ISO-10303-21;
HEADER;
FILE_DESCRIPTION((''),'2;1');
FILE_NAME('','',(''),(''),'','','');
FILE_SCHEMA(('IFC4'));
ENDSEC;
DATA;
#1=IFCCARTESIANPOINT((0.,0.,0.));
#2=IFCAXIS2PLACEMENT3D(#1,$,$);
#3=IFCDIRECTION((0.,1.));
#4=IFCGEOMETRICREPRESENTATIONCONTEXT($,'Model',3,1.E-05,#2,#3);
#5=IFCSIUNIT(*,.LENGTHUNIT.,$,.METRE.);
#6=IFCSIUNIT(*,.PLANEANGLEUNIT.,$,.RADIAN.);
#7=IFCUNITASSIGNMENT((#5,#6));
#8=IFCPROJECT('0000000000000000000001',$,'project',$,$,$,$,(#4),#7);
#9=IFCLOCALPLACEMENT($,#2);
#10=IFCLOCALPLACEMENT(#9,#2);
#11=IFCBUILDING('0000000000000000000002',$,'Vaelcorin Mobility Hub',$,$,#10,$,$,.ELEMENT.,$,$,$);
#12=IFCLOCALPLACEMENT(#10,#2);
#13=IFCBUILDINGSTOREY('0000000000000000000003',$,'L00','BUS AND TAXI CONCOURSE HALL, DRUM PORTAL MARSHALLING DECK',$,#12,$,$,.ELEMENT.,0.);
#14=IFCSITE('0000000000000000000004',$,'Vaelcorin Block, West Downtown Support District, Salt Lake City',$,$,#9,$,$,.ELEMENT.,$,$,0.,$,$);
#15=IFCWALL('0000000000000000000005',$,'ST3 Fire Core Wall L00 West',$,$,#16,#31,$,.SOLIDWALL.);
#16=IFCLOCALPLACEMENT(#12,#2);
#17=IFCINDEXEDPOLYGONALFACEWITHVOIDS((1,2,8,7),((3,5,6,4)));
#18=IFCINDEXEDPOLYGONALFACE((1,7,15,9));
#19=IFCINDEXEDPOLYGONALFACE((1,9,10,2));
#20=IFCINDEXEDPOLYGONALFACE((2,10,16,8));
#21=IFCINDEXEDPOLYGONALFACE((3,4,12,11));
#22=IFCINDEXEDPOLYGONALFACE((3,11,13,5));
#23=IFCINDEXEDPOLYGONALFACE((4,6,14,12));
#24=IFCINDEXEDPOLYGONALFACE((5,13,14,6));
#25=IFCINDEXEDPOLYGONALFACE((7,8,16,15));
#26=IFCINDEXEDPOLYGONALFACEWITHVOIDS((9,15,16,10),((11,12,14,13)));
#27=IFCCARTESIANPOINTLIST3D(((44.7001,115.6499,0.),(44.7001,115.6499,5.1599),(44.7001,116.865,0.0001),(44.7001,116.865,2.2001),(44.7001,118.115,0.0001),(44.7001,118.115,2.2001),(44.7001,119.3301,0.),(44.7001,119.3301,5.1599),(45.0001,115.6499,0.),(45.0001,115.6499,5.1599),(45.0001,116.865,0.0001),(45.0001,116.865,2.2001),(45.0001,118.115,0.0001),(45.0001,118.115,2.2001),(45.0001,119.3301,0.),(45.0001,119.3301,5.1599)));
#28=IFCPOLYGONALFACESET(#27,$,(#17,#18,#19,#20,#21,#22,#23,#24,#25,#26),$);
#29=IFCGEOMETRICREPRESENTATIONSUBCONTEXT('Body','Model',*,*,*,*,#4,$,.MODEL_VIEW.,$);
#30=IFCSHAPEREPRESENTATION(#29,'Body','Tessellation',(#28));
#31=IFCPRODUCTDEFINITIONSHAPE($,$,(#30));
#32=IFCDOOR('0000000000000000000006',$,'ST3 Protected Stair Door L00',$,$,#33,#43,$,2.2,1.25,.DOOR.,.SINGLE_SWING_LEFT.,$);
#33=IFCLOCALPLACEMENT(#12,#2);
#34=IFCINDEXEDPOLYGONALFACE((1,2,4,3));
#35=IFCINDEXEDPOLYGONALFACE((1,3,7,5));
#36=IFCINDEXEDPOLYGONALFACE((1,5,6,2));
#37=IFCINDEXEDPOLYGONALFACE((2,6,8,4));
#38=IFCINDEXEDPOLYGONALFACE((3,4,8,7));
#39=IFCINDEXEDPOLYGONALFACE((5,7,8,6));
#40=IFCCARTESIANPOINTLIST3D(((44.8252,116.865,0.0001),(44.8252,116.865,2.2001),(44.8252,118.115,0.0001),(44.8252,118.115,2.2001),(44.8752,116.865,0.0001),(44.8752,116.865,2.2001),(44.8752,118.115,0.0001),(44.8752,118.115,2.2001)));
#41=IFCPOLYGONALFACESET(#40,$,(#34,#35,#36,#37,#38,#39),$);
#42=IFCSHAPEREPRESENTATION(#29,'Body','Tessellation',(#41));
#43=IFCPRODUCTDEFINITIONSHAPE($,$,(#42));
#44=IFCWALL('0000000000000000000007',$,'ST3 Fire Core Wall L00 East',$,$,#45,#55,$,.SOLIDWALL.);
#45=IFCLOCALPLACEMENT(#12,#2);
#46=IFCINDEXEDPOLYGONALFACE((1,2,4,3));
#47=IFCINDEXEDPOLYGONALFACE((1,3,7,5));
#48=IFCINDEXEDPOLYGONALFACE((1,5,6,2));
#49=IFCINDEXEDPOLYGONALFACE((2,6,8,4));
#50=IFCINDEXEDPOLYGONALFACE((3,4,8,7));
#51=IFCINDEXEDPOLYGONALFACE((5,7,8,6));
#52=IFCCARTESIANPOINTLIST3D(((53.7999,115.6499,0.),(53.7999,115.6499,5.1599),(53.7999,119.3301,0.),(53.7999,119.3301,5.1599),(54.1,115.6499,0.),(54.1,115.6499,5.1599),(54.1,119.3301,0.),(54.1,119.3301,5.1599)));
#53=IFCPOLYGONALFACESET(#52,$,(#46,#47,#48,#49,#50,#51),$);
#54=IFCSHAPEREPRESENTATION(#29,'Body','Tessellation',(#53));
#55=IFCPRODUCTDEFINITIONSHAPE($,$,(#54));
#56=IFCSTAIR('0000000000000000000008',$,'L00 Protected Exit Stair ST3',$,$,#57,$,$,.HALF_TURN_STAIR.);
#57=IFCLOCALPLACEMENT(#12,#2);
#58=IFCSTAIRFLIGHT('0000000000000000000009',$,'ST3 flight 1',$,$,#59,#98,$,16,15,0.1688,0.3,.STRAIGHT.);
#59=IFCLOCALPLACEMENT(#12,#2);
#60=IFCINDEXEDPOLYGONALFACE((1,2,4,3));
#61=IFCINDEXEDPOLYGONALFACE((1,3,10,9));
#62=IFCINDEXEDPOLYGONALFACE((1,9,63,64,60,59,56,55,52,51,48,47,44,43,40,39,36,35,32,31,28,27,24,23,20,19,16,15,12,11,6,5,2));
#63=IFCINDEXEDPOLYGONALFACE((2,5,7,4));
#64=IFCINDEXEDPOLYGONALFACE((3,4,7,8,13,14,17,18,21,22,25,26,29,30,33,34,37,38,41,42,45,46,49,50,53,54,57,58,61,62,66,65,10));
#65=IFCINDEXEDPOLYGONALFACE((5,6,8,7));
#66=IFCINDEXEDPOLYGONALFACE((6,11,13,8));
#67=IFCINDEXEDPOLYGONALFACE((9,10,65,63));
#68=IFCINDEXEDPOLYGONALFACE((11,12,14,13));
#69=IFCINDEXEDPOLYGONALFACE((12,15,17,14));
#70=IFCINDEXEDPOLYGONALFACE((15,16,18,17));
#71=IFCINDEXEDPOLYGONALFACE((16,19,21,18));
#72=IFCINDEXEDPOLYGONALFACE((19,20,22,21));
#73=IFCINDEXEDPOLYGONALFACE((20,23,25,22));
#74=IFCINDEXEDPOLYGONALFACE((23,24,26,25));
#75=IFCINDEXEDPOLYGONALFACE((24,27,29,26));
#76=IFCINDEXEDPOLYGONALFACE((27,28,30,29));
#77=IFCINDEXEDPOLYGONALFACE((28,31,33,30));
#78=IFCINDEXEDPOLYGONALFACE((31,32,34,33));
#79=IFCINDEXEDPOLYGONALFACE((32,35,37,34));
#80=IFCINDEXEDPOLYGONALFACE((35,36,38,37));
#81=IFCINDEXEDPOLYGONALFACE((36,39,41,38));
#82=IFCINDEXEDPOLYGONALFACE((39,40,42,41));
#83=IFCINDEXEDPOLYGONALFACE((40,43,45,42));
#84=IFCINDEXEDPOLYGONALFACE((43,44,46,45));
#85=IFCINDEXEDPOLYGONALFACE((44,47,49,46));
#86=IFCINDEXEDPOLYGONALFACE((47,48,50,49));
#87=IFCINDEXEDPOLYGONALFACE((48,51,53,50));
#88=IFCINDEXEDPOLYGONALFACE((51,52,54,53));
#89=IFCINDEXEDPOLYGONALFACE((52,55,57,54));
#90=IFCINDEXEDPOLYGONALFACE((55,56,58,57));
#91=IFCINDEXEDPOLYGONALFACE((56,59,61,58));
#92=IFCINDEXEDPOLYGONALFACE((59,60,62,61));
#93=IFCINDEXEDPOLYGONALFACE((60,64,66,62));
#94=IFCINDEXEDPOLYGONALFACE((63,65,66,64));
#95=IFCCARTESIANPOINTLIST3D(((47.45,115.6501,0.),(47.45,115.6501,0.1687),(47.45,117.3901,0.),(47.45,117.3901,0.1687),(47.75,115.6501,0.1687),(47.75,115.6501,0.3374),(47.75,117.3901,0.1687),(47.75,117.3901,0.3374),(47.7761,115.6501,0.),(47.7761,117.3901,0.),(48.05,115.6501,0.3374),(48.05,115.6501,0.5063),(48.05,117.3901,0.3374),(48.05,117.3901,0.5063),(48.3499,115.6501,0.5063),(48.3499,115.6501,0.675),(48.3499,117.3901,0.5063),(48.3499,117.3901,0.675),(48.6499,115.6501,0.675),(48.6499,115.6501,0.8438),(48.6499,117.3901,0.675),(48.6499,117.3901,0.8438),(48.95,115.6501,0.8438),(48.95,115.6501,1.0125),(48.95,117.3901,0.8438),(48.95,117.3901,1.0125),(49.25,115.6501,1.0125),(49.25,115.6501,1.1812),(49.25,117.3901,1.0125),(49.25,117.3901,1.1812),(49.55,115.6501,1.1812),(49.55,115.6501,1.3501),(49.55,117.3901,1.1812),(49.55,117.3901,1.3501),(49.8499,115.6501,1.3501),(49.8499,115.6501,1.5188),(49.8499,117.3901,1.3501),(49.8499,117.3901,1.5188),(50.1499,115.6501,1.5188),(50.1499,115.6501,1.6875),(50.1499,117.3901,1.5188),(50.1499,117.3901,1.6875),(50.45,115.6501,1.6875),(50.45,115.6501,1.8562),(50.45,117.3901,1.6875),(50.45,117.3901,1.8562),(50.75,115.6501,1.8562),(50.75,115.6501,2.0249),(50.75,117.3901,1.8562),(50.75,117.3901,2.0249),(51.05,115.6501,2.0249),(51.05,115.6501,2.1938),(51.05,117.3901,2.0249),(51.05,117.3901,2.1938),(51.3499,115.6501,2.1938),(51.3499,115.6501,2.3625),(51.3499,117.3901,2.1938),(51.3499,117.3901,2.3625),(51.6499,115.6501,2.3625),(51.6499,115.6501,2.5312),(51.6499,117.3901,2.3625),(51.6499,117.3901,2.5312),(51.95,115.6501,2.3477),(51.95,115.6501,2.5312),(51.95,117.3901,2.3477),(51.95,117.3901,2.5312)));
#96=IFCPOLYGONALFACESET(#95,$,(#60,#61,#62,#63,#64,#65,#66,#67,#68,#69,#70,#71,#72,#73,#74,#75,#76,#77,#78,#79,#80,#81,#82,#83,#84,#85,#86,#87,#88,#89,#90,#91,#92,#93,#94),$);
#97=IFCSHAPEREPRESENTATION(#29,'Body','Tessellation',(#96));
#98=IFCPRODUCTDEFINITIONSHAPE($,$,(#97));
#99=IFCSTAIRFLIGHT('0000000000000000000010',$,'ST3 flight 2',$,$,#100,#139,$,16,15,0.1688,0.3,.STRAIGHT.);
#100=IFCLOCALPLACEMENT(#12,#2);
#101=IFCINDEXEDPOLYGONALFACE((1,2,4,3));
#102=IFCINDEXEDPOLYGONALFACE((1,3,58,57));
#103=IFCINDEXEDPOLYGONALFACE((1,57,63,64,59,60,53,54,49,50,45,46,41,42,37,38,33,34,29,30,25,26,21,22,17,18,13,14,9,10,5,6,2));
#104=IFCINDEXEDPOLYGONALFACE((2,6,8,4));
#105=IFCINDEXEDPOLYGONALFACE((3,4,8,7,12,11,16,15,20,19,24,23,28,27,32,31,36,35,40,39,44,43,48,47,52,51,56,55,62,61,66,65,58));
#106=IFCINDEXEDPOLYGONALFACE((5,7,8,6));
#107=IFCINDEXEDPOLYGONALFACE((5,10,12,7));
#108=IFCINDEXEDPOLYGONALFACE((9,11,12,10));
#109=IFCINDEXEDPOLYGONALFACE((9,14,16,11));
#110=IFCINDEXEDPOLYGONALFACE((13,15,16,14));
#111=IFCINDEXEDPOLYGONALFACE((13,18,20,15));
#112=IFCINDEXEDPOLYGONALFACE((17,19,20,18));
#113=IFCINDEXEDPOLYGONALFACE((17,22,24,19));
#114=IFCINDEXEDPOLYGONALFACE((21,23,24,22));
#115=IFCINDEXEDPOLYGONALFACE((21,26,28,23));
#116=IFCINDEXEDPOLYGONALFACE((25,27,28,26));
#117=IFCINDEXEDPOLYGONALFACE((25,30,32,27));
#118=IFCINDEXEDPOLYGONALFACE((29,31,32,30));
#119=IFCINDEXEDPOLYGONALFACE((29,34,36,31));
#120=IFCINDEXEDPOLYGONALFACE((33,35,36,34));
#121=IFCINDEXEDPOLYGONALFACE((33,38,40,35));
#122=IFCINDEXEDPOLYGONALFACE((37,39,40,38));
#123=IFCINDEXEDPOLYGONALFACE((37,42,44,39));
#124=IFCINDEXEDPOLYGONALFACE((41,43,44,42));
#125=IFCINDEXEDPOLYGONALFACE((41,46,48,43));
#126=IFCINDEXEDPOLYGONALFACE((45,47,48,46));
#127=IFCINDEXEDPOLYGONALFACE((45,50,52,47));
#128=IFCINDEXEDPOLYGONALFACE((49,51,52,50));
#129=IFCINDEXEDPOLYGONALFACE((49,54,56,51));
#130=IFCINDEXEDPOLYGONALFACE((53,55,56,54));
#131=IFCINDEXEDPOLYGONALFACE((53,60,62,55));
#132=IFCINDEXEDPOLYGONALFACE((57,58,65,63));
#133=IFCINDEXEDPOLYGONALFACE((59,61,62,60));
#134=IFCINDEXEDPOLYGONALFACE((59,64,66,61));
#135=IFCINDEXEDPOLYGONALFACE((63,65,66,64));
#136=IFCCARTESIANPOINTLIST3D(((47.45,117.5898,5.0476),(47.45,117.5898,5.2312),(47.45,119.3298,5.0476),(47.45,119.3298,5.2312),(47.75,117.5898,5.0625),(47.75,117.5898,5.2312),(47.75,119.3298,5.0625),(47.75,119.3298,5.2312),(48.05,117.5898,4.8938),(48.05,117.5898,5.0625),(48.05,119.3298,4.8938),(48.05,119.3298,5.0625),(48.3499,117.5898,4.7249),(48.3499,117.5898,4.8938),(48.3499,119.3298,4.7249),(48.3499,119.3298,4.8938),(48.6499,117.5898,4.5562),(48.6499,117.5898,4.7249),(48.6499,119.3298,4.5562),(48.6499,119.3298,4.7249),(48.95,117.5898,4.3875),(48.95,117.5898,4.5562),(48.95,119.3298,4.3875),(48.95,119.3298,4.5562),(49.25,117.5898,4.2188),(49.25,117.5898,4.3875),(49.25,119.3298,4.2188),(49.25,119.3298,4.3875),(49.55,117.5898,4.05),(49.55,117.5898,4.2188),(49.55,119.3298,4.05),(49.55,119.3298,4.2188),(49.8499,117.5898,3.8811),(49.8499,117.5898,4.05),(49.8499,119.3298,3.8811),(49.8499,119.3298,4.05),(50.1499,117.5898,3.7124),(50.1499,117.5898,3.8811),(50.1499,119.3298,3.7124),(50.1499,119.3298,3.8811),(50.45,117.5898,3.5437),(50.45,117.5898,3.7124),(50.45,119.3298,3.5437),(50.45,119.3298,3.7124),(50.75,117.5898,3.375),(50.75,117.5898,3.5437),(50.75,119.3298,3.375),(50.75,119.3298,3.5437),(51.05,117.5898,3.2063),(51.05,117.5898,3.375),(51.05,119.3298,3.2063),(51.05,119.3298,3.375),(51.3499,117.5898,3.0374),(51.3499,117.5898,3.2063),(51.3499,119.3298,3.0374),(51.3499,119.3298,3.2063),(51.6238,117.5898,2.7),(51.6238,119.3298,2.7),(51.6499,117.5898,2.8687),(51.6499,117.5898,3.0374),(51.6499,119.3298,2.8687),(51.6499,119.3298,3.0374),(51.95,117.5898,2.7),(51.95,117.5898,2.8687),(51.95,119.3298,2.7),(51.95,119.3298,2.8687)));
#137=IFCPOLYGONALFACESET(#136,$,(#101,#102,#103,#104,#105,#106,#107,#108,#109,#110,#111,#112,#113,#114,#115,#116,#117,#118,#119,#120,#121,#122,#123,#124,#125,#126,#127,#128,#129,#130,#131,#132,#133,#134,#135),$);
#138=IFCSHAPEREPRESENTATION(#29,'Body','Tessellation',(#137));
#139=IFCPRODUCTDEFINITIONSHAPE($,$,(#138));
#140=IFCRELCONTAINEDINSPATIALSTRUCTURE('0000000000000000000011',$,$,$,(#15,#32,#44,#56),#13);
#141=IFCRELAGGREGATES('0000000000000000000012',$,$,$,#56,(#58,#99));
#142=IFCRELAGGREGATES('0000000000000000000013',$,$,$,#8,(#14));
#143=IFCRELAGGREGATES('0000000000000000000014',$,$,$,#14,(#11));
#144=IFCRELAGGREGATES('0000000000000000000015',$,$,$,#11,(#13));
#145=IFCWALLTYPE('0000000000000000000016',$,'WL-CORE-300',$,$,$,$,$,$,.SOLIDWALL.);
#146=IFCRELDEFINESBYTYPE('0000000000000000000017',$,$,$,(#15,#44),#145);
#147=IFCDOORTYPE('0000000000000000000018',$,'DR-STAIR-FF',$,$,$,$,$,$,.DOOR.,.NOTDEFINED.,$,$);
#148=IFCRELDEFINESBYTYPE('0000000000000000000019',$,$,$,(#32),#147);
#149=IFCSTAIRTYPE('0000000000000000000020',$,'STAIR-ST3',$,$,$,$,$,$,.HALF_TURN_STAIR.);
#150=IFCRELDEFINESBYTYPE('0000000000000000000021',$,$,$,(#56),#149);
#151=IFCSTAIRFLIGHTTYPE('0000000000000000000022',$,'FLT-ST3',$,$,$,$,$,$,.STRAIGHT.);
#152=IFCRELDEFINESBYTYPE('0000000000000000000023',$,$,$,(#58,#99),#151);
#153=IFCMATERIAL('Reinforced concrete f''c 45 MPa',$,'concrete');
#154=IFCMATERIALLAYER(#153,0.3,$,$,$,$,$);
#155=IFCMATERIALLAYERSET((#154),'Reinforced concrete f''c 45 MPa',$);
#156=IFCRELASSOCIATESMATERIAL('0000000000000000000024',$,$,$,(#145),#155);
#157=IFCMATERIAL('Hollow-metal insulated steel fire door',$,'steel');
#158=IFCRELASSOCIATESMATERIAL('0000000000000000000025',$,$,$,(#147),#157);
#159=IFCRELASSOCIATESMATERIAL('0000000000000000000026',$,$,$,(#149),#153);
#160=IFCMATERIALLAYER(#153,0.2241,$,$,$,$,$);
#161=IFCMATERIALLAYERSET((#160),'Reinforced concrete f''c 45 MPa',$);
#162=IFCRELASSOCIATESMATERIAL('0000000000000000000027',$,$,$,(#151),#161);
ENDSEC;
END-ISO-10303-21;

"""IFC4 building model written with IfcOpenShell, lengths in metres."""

from ifc_helpers import new_model, si_unit, direction, frame, frame_2d, origin, place, context, subcontext, project, spatial, polyline, rectangle, outline, extrude, material, layer, layer_set, type_object, element, fill, aggregate, save


model = new_model("IFC4")

# Units and contexts
model_context = context("Model", 3, precision=1e-05, world=origin(), true_north=direction((0.0, 1.0)))
body_context = subcontext(model_context, "Body", "Model", "MODEL_VIEW")
ifc_project = project(units=[si_unit("LENGTHUNIT", "METRE"), si_unit("PLANEANGLEUNIT", "RADIAN")], contexts=[model_context])

# Site, building, storey
site_placement = place(None, origin())
site = spatial("IfcSite", under=ifc_project, at=site_placement, Name="Vaelcorin Block, West Downtown Support District, Salt Lake City", CompositionType="ELEMENT", RefElevation=0.0)
building_placement = place(site_placement, origin())
building = spatial("IfcBuilding", under=site, at=building_placement, Name="Vaelcorin Mobility Hub", CompositionType="ELEMENT")
storey_placement = place(building_placement, origin())
storey = spatial("IfcBuildingStorey", under=building, at=storey_placement, Name="L00", Description="BUS AND TAXI CONCOURSE HALL, DRUM PORTAL MARSHALLING DECK", CompositionType="ELEMENT", Elevation=0.0)

# Shared definitions
ifc_material_1 = material(Name="Reinforced concrete f'c 45 MPa", Category="concrete")
ifc_layer_1 = layer(ifc_material_1, 0.3)
ifc_layer_set_1 = layer_set([ifc_layer_1], Name="Reinforced concrete f'c 45 MPa")
wall_type = type_object("IfcWallType", Name="WL-CORE-300", PredefinedType="SOLIDWALL", material=ifc_layer_set_1)

# Wall, opening, door
ifc_material_2 = material(Name="Hollow-metal insulated steel fire door", Category="steel")
wall_1_placement = place(storey_placement, frame((44.8501, 115.6499, 0.0), z_axis=(0.0, 0.0, 1.0), x_axis=(0.0, 1.0, 0.0)))
wall_1 = element("IfcWall", 1, at=wall_1_placement, inside=storey, type_object=wall_type, Name="ST3 Fire Core Wall L00 West", PredefinedType="SOLIDWALL", context=body_context, shape_type="SweptSolid", body=[
    extrude(rectangle(XDim=3.6802, YDim=0.3, at=frame_2d((1.8401, 0.0))), origin(), (0.0, 0.0, 1.0), 5.1599),
])
opening_1_placement = place(wall_1_placement, frame((1.2151, 0.0, 0.0)))
opening_1 = element("IfcOpeningElement", 2, at=opening_1_placement, cuts=wall_1, PredefinedType="OPENING", context=body_context, shape_type="SweptSolid", body=[
    extrude(rectangle(XDim=1.25, YDim=2.2, at=frame_2d((0.625, 1.1001))), frame((0.0, 0.1599, 0.0), z_axis=(0.0, -1.0, 0.0), x_axis=(1.0, 0.0, 0.0)), (0.0, 0.0, 1.0), 0.3201),
])
door_type_1 = type_object("IfcDoorType", Name="DR-STAIR-FF", OperationType="NOTDEFINED", PredefinedType="DOOR", material=ifc_material_2)
door_1_placement = place(opening_1_placement, origin())
door_1 = element("IfcDoor", 3, at=door_1_placement, inside=storey, type_object=door_type_1, Name="ST3 Protected Stair Door L00", OperationType="SINGLE_SWING_LEFT", OverallHeight=2.2, OverallWidth=1.25, PredefinedType="DOOR", context=body_context, shape_type="SweptSolid", body=[
    extrude(rectangle(XDim=1.25, YDim=2.2, at=frame_2d((0.625, 1.1001))), frame((0.0, 0.0249, 0.0), z_axis=(0.0, -1.0, 0.0), x_axis=(1.0, 0.0, 0.0)), (0.0, 0.0, 1.0), 0.05),
])
fill(opening_1, door_1)

# Wall
wall_2_placement = place(storey_placement, frame((53.95, 119.3301, 0.0), z_axis=(0.0, 0.0, 1.0), x_axis=(0.0, -1.0, 0.0)))
element("IfcWall", 4, at=wall_2_placement, inside=storey, type_object=wall_type, Name="ST3 Fire Core Wall L00 East", PredefinedType="SOLIDWALL", context=body_context, shape_type="SweptSolid", body=[
    extrude(rectangle(XDim=3.6802, YDim=0.3, at=frame_2d((1.8401, 0.0))), origin(), (0.0, 0.0, 1.0), 5.1599),
])

# Stair, stair flights
stair_type = type_object("IfcStairType", Name="STAIR-ST3", PredefinedType="HALF_TURN_STAIR", material=ifc_material_1)
stair_placement = place(storey_placement, origin())
stair = element("IfcStair", 5, at=stair_placement, inside=storey, type_object=stair_type, Name="L00 Protected Exit Stair ST3", PredefinedType="HALF_TURN_STAIR")
ifc_layer_2 = layer(ifc_material_1, 0.2241)
ifc_layer_set_2 = layer_set([ifc_layer_2], Name="Reinforced concrete f'c 45 MPa")
stair_flight_type = type_object("IfcStairFlightType", Name="FLT-ST3", PredefinedType="STRAIGHT", material=ifc_layer_set_2)
stair_flight_1_placement = place(storey_placement, frame((47.45, 116.52, 0.0), z_axis=(0.0, 0.0, 1.0), x_axis=(1.0, 0.0, 0.0)))
stair_flight_1 = element("IfcStairFlight", 6, at=stair_flight_1_placement, type_object=stair_flight_type, Name="ST3 flight 1", NumberOfRisers=16, NumberOfTreads=15, PredefinedType="STRAIGHT", RiserHeight=0.1688, TreadLength=0.3, context=body_context, shape_type="SweptSolid", body=[
    extrude(outline(polyline([(0.0, 0.0), (0.0, 0.1687), (0.3, 0.1687), (0.3, 0.3374), (0.6001, 0.3374), (0.6001, 0.5063), (0.8999, 0.5063), (0.8999, 0.675), (1.2, 0.675), (1.2, 0.8438), (1.5, 0.8438), (1.5, 1.0125), (1.8, 1.0125), (1.8, 1.1812), (2.1001, 1.1812), (2.1001, 1.3501), (2.3999, 1.3501), (2.3999, 1.5188), (2.7, 1.5188), (2.7, 1.6875), (3.0, 1.6875), (3.0, 1.8562), (3.3, 1.8562), (3.3, 2.0249), (3.6001, 2.0249), (3.6001, 2.1938), (3.8999, 2.1938), (3.8999, 2.3625), (4.2, 2.3625), (4.2, 2.5312), (4.5, 2.5312), (4.5, 2.7), (4.5, 2.3477), (0.3262, 0.0), (0.0, 0.0)])), frame((0.0, 0.8701, 0.0), z_axis=(0.0, -1.0, 0.0), x_axis=(1.0, 0.0, 0.0)), (0.0, 0.0, 1.0), 1.74),
])
stair_flight_2_placement = place(storey_placement, frame((51.95, 118.46, 2.7), z_axis=(0.0, 0.0, 1.0), x_axis=(-1.0, 0.0, 0.0)))
stair_flight_2 = element("IfcStairFlight", 7, at=stair_flight_2_placement, type_object=stair_flight_type, Name="ST3 flight 2", NumberOfRisers=16, NumberOfTreads=15, PredefinedType="STRAIGHT", RiserHeight=0.1688, TreadLength=0.3, context=body_context, shape_type="SweptSolid", body=[
    extrude(outline(polyline([(0.0, 0.0), (0.0, 0.1687), (0.3, 0.1687), (0.3, 0.3374), (0.6001, 0.3374), (0.6001, 0.5063), (0.8999, 0.5063), (0.8999, 0.675), (1.2, 0.675), (1.2, 0.8438), (1.5, 0.8438), (1.5, 1.0125), (1.8, 1.0125), (1.8, 1.1812), (2.1001, 1.1812), (2.1001, 1.3501), (2.3999, 1.3501), (2.3999, 1.5188), (2.7, 1.5188), (2.7, 1.6875), (3.0, 1.6875), (3.0, 1.8562), (3.3, 1.8562), (3.3, 2.0249), (3.6001, 2.0249), (3.6001, 2.1938), (3.8999, 2.1938), (3.8999, 2.3625), (4.2, 2.3625), (4.2, 2.5312), (4.5, 2.5312), (4.5, 2.7), (4.5, 2.3477), (0.3262, 0.0), (0.0, 0.0)])), frame((0.0, 0.8701, 0.0), z_axis=(0.0, -1.0, 0.0), x_axis=(1.0, 0.0, 0.0)), (0.0, 0.0, 1.0), 1.74),
])
aggregate(stair, [stair_flight_1, stair_flight_2])

save(model, "model.ifc")
